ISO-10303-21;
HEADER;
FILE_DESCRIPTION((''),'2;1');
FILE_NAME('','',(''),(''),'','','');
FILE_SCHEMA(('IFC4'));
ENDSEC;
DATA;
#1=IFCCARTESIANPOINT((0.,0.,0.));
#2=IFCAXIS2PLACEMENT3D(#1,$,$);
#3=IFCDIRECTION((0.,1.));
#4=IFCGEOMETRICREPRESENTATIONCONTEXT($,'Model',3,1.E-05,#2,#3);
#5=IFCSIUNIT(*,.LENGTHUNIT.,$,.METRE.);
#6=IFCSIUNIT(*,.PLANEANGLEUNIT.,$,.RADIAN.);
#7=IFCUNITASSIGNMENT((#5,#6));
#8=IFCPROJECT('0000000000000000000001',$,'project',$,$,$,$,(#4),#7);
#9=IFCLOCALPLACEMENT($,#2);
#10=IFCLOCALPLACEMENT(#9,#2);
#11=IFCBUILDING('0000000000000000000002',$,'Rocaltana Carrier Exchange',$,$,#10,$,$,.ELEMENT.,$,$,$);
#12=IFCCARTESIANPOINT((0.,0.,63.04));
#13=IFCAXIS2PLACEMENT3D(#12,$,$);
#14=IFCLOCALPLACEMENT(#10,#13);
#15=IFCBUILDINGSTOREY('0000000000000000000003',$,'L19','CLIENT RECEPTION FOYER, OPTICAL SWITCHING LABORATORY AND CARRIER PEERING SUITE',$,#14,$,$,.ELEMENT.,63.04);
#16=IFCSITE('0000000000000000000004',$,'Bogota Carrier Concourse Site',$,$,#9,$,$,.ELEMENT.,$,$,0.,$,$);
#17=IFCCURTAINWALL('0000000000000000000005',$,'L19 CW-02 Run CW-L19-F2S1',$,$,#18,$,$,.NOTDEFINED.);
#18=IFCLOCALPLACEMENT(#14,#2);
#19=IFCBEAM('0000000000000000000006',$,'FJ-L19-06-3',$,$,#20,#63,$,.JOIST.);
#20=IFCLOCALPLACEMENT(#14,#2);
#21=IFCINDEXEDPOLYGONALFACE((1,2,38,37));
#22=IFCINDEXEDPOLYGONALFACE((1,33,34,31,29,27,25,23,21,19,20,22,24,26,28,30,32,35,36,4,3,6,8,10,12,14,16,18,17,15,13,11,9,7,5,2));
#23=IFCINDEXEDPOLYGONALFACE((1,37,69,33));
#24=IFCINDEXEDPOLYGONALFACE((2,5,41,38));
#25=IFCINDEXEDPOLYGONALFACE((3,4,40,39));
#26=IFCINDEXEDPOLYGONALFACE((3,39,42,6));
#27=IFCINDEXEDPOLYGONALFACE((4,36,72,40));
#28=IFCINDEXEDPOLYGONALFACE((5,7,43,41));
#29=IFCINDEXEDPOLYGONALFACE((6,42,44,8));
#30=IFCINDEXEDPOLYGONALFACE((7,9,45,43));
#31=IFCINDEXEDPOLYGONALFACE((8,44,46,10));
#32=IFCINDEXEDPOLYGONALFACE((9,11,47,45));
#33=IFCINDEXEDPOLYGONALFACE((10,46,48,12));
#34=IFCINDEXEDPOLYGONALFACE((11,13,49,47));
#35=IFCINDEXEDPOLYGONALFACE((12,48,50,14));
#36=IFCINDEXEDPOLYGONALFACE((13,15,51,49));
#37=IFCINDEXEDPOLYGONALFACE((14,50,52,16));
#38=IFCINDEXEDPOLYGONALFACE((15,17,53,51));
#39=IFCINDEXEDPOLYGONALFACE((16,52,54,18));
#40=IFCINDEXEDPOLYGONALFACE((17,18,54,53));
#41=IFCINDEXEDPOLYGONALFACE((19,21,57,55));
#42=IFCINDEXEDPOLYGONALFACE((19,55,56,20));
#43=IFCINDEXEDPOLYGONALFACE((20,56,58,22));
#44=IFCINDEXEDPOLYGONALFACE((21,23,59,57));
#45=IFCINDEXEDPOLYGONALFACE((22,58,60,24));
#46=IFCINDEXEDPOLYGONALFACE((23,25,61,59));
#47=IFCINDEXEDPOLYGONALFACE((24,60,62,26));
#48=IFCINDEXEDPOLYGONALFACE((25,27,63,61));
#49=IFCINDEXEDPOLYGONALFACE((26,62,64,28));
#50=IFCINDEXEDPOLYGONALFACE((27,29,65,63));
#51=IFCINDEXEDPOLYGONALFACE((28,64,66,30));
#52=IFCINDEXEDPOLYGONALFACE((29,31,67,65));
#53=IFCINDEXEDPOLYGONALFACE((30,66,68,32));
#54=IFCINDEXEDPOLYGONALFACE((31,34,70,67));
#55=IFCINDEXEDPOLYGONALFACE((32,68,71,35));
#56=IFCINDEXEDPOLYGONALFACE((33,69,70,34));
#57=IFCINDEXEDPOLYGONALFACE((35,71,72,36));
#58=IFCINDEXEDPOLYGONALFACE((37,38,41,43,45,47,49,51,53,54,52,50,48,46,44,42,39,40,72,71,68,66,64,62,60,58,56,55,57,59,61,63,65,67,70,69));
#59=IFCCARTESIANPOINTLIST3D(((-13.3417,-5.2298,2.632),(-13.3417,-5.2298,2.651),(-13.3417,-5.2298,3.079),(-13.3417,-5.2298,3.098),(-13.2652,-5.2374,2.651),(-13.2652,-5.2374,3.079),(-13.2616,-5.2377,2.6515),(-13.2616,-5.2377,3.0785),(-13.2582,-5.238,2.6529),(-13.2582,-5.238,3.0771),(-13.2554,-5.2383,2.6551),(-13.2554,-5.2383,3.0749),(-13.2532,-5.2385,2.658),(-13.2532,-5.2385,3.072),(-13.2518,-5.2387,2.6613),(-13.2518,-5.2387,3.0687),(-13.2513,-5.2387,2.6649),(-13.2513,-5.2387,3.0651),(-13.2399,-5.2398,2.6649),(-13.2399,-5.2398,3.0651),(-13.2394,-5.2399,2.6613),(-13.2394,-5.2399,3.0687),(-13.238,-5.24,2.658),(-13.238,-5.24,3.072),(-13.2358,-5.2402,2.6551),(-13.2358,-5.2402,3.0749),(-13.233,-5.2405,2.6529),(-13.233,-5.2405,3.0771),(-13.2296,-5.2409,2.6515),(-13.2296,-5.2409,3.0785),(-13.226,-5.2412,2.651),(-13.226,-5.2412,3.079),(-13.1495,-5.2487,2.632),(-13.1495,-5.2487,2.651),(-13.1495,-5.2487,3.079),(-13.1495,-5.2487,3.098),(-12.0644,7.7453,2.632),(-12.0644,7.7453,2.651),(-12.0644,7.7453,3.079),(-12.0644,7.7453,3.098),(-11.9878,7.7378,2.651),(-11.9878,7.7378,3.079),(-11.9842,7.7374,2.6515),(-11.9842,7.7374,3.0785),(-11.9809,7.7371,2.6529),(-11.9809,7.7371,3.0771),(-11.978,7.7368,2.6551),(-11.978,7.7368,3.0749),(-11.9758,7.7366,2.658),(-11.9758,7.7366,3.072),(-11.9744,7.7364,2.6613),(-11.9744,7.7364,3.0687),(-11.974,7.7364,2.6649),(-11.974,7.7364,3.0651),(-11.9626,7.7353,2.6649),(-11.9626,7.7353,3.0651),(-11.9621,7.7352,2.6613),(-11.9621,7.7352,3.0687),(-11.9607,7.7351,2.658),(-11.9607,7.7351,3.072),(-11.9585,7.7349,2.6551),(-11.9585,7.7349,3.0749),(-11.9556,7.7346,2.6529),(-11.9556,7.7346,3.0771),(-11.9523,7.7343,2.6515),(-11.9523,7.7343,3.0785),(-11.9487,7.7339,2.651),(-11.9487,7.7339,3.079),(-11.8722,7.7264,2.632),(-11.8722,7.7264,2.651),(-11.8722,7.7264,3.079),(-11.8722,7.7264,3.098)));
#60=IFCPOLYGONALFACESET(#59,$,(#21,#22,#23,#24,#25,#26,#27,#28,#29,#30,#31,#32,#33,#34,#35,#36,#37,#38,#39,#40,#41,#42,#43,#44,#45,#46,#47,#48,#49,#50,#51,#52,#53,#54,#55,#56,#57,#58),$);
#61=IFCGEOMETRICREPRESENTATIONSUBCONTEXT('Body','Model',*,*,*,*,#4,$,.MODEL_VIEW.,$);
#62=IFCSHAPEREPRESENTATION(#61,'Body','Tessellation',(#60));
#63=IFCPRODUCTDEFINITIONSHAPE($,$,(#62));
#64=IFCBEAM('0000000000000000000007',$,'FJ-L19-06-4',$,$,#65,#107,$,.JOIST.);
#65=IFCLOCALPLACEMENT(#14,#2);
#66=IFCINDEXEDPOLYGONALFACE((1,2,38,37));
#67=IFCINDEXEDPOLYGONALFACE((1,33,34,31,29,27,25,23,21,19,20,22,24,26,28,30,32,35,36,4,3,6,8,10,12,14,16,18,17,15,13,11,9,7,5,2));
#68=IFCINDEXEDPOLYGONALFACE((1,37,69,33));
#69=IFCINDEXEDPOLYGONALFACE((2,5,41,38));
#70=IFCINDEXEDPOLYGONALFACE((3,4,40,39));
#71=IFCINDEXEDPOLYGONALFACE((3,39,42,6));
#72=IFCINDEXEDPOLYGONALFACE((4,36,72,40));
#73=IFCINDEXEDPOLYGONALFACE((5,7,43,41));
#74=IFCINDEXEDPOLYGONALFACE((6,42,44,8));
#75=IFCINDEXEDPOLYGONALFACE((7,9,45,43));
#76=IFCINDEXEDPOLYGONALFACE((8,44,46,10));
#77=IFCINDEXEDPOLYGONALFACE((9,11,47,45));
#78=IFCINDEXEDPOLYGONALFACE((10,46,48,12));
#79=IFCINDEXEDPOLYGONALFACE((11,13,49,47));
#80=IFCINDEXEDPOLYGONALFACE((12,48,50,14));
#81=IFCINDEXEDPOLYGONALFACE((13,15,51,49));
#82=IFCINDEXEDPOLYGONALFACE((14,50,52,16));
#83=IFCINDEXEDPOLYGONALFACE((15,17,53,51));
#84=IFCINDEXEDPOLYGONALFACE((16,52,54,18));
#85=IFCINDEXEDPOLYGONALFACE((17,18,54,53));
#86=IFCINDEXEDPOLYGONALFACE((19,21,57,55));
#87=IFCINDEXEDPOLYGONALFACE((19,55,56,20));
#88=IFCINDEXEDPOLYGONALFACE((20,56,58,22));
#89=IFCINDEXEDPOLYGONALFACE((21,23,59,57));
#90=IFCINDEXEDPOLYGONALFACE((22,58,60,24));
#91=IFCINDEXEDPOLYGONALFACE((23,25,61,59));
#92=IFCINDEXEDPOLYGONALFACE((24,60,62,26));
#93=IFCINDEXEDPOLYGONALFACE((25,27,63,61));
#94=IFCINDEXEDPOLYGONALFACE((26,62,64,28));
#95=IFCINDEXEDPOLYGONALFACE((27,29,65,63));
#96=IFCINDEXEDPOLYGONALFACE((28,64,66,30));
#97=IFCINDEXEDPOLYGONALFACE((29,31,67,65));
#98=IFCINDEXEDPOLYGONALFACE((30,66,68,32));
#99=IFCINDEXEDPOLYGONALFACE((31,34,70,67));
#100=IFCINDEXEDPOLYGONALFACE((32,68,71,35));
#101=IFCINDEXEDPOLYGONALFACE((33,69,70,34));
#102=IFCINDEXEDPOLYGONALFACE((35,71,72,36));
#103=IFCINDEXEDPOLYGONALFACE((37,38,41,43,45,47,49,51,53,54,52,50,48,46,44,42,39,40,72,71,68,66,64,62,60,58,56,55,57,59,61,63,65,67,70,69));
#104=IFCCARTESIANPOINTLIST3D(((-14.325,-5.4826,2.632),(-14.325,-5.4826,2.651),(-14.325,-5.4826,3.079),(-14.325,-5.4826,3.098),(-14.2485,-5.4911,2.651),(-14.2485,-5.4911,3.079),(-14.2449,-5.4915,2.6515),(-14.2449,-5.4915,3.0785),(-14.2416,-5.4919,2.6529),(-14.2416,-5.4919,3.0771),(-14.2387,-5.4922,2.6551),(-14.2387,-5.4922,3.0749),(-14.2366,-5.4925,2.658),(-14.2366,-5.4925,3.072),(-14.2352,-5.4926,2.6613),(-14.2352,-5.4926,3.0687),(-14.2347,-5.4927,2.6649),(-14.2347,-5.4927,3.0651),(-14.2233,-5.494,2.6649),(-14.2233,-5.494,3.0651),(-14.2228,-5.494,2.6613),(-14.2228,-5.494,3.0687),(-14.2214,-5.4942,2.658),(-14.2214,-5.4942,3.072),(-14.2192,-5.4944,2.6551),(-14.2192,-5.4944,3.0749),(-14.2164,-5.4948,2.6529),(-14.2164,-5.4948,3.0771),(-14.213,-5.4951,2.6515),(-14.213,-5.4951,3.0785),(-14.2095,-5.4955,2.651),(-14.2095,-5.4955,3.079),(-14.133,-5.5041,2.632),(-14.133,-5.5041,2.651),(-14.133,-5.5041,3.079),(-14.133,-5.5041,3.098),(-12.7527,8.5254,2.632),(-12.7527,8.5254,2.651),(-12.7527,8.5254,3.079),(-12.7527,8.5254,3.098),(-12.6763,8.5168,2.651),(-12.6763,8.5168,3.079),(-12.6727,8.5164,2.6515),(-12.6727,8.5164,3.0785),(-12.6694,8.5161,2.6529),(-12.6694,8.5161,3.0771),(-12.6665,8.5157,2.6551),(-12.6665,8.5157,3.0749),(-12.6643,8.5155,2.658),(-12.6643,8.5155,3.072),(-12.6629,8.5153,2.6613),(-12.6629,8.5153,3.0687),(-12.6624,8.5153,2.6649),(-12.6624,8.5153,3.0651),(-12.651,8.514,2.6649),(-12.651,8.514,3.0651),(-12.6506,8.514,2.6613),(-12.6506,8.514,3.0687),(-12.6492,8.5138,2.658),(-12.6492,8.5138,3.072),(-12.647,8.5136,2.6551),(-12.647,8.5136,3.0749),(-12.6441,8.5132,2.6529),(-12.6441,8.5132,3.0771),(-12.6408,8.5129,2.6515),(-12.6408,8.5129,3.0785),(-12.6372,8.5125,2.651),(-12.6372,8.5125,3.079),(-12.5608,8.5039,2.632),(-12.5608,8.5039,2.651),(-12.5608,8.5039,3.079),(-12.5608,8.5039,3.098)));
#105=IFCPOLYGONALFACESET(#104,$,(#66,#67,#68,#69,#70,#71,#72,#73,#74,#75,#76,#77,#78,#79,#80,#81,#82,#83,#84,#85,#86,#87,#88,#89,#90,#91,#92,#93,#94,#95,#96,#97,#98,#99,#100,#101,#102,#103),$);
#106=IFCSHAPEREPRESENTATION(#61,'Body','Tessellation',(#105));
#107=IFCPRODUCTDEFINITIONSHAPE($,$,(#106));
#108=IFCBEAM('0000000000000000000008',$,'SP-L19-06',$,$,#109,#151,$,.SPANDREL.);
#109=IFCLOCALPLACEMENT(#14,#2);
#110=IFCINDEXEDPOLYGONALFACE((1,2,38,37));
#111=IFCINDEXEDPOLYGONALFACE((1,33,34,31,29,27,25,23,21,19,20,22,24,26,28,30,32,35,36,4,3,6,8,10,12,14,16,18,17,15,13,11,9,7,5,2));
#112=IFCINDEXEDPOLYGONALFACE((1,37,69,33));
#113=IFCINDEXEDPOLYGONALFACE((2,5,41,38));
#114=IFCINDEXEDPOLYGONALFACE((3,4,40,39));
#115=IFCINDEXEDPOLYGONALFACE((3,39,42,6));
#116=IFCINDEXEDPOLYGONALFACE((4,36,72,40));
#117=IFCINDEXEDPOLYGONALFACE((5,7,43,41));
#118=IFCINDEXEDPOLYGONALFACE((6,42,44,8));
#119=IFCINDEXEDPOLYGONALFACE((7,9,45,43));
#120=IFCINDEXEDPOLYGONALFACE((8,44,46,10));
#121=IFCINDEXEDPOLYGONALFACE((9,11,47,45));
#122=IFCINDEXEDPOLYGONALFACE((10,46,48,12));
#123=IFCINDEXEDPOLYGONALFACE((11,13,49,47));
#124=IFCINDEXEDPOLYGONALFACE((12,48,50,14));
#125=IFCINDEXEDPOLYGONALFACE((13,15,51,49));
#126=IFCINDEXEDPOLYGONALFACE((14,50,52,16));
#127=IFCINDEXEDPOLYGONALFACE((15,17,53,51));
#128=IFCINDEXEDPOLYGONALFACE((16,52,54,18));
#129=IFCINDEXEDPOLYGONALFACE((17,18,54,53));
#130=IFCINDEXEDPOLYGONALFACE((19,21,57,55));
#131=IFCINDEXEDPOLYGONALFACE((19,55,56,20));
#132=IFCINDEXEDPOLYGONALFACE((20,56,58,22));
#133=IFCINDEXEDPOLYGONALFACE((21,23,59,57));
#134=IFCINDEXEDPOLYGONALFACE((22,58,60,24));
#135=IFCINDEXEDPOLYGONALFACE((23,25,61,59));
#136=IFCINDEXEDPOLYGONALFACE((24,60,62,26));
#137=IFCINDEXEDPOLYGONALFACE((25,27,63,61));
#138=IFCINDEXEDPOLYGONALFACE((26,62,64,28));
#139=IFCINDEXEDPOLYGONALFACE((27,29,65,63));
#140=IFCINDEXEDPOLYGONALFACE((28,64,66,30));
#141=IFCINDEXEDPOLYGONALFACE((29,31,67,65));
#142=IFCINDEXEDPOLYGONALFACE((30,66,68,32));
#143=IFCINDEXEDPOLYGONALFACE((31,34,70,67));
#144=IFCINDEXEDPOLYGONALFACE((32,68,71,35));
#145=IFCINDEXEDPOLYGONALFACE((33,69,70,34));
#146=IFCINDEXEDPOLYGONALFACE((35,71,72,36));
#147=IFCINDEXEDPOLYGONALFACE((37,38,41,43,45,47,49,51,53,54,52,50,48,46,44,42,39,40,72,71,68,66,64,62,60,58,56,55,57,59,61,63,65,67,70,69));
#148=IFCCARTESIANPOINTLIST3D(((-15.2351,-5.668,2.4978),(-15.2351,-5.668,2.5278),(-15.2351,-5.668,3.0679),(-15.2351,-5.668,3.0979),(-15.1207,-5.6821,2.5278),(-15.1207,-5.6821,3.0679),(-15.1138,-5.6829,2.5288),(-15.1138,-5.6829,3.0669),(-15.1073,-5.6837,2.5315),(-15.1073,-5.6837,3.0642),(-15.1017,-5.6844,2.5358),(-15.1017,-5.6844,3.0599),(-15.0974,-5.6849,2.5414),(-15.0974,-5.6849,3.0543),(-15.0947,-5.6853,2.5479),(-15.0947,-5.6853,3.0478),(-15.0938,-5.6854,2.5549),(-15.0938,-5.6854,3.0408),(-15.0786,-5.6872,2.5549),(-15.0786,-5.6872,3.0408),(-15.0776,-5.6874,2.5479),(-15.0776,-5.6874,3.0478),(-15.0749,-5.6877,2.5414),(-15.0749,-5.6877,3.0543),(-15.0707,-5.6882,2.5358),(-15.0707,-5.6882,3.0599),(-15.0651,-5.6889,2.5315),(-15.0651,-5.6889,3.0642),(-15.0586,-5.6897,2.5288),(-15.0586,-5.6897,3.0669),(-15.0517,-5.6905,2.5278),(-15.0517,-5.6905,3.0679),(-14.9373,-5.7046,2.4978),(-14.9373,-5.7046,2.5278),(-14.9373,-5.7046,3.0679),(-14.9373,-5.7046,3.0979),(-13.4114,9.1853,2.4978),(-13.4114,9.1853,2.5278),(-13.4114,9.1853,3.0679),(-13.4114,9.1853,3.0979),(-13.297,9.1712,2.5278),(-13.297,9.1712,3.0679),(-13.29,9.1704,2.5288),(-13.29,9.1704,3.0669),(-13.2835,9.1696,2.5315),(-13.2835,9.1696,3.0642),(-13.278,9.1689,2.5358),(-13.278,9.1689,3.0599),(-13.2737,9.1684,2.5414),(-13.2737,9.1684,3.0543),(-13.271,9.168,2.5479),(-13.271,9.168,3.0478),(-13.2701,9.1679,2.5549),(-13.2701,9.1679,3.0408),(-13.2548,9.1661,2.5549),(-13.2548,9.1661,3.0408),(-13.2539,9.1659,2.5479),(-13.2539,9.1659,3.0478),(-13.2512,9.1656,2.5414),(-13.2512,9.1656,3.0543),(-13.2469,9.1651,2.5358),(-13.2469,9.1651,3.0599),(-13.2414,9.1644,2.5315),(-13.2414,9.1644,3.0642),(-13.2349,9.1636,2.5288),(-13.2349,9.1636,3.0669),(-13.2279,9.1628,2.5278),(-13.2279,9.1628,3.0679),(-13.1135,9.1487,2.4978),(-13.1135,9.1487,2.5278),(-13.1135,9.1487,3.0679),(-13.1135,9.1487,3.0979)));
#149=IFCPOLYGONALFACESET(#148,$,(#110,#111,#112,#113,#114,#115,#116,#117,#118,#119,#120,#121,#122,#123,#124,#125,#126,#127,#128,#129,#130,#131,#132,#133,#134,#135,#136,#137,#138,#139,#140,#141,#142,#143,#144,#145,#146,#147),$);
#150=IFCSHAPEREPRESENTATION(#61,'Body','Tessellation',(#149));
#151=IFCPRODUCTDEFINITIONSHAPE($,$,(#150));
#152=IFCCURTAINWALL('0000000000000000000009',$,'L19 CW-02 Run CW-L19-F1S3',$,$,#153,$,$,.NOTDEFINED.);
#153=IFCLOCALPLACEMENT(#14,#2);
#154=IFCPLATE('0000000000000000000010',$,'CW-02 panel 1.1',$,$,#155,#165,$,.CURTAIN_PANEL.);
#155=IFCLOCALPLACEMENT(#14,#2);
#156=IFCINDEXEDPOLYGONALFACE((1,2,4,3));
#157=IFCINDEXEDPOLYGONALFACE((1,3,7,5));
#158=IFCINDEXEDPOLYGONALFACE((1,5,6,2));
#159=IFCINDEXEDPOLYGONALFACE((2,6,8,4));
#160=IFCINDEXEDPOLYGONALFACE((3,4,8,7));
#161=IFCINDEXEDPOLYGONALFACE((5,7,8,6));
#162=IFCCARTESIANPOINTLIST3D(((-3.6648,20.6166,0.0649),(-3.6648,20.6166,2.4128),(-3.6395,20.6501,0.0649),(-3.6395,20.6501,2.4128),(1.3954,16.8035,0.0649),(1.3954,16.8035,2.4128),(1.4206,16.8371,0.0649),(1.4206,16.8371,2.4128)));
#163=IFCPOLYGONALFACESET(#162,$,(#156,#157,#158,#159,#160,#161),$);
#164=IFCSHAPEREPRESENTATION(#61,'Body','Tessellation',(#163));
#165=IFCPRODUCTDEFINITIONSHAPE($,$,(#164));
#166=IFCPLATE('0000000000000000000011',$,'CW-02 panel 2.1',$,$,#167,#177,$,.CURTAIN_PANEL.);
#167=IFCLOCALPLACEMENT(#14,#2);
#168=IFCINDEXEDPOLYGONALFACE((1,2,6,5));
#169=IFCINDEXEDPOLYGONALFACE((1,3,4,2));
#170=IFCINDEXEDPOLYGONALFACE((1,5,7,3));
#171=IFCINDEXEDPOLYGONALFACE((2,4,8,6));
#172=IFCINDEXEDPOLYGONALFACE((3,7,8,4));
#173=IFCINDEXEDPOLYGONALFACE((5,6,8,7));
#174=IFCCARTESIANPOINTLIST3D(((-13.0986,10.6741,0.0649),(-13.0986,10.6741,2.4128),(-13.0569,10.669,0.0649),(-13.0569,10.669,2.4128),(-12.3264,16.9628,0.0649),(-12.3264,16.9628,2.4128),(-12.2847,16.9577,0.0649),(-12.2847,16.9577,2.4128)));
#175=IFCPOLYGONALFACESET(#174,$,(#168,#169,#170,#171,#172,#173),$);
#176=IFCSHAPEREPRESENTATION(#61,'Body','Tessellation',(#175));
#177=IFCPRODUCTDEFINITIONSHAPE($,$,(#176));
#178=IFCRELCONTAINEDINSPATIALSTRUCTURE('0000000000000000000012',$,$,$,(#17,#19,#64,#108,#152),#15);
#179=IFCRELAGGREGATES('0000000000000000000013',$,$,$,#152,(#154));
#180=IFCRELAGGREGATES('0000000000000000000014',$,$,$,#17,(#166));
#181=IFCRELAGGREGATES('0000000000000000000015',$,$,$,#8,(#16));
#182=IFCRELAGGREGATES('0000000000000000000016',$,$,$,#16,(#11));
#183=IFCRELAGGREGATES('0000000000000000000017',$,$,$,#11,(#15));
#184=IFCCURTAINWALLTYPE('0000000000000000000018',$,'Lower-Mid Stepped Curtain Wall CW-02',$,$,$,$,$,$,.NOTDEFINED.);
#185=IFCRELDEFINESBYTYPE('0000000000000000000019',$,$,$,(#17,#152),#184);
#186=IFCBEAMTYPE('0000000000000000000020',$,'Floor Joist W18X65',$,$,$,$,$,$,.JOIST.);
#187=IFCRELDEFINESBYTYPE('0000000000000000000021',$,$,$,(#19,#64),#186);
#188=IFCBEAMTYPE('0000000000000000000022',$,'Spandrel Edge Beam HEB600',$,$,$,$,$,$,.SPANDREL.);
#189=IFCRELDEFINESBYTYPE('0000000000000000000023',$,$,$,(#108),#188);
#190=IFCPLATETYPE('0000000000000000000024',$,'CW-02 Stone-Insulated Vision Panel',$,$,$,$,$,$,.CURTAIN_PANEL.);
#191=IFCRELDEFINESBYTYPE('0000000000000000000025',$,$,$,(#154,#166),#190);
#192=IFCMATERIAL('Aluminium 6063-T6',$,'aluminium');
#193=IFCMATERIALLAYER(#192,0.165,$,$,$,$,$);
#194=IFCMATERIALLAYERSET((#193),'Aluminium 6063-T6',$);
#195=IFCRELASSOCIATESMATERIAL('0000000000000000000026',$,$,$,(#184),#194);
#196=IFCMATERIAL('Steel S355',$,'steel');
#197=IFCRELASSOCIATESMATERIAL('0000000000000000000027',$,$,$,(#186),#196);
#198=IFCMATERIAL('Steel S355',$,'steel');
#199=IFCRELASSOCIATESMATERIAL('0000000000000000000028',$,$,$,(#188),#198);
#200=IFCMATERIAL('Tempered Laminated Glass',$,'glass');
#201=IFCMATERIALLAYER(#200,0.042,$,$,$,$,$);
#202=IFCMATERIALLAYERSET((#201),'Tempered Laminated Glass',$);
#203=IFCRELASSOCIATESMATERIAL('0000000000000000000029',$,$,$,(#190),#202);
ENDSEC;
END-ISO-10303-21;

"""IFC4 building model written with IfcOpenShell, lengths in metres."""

from ifc_helpers import new_model, si_unit, direction, frame, origin, origin_2d, place, context, subcontext, project, spatial, rectangle, i_section, extrude, material, layer, layer_set, material_profile, profile_set, type_object, element, aggregate, save


model = new_model("IFC4")

# Units and contexts
model_context = context("Model", 3, precision=1e-05, world=origin(), true_north=direction((0.0, 1.0)))
body_context = subcontext(model_context, "Body", "Model", "MODEL_VIEW")
ifc_project = project(units=[si_unit("LENGTHUNIT", "METRE"), si_unit("PLANEANGLEUNIT", "RADIAN")], contexts=[model_context])

# Site, building, storey
site_placement = place(None, origin())
site = spatial("IfcSite", under=ifc_project, at=site_placement, Name="Bogota Carrier Concourse Site", CompositionType="ELEMENT", RefElevation=0.0)
building_placement = place(site_placement, origin())
building = spatial("IfcBuilding", under=site, at=building_placement, Name="Rocaltana Carrier Exchange", CompositionType="ELEMENT")
storey_placement = place(building_placement, frame((0.0, 0.0, 63.04)))
storey = spatial("IfcBuildingStorey", under=building, at=storey_placement, Name="L19", Description="CLIENT RECEPTION FOYER, OPTICAL SWITCHING LABORATORY AND CARRIER PEERING SUITE", CompositionType="ELEMENT", Elevation=63.04)

# Curtain wall
ifc_material_1 = material(Name="Aluminium 6063-T6", Category="aluminium")
ifc_layer_1 = layer(ifc_material_1, 0.165)
ifc_layer_set_1 = layer_set([ifc_layer_1], Name="Aluminium 6063-T6")
curtain_wall_type = type_object("IfcCurtainWallType", Name="Lower-Mid Stepped Curtain Wall CW-02", PredefinedType="NOTDEFINED", material=ifc_layer_set_1)
curtain_wall_1_placement = place(storey_placement, origin())
curtain_wall_1 = element("IfcCurtainWall", 1, at=curtain_wall_1_placement, inside=storey, type_object=curtain_wall_type, Name="L19 CW-02 Run CW-L19-F2S1", PredefinedType="NOTDEFINED")

# Beams
ifc_material_2 = material(Name="Steel S355", Category="steel")
ifc_material_profile_1 = material_profile(ifc_material_2, i_section(OverallWidth=0.1931, OverallDepth=0.4661, WebThickness=0.0115, FlangeThickness=0.019, FilletRadius=0.0139, at=origin_2d()), Name="W18X65")
ifc_profile_set_1 = profile_set([ifc_material_profile_1], Name="Steel S355")
beam_type_1 = type_object("IfcBeamType", Name="Floor Joist W18X65", PredefinedType="JOIST", material=ifc_profile_set_1)
beam_1_placement = place(storey_placement, frame((-11.9683, 7.7358, 2.865), z_axis=(-0.097972, -0.995189, 0.0), x_axis=(0.995189, -0.097972, 0.0)))
element("IfcBeam", 2, at=beam_1_placement, inside=storey, type_object=beam_type_1, Name="FJ-L19-06-3", PredefinedType="JOIST", context=body_context, shape_type="SweptSolid", body=[
    extrude(i_section(OverallWidth=0.1931, OverallDepth=0.4661, WebThickness=0.0115, FlangeThickness=0.019, FilletRadius=0.0139, at=origin_2d()), origin(), (0.0, 0.0, 1.0), 13.0378),
])
beam_2_placement = place(storey_placement, frame((-12.6567, 8.5146, 2.865), z_axis=(-0.11154, -0.99376, 0.0), x_axis=(0.99376, -0.11154, 0.0)))
element("IfcBeam", 3, at=beam_2_placement, inside=storey, type_object=beam_type_1, Name="FJ-L19-06-4", PredefinedType="JOIST", context=body_context, shape_type="SweptSolid", body=[
    extrude(i_section(OverallWidth=0.1931, OverallDepth=0.4661, WebThickness=0.0115, FlangeThickness=0.019, FilletRadius=0.0139, at=origin_2d()), origin(), (0.0, 0.0, 1.0), 14.0959),
])
ifc_material_3 = material(Name="Steel S355", Category="steel")
ifc_material_profile_2 = material_profile(ifc_material_3, i_section(OverallWidth=0.3, OverallDepth=0.6001, WebThickness=0.0154, FlangeThickness=0.03, FilletRadius=0.0271, at=origin_2d()), Name="HEB600")
ifc_profile_set_2 = profile_set([ifc_material_profile_2], Name="Steel S355")
beam_type_2 = type_object("IfcBeamType", Name="Spandrel Edge Beam HEB600", PredefinedType="SPANDREL", material=ifc_profile_set_2)
beam_3_placement = place(storey_placement, frame((-13.2625, 9.167, 2.7979), z_axis=(-0.121868, -0.992546, 0.0), x_axis=(0.992546, -0.121868, 0.0)))
element("IfcBeam", 4, at=beam_3_placement, inside=storey, type_object=beam_type_2, Name="SP-L19-06", PredefinedType="SPANDREL", context=body_context, shape_type="SweptSolid", body=[
    extrude(i_section(OverallWidth=0.3, OverallDepth=0.6001, WebThickness=0.0154, FlangeThickness=0.03, FilletRadius=0.0271, at=origin_2d()), origin(), (0.0, 0.0, 1.0), 14.9648),
])

# Curtain wall, plate
curtain_wall_2_placement = place(storey_placement, origin())
curtain_wall_2 = element("IfcCurtainWall", 5, at=curtain_wall_2_placement, inside=storey, type_object=curtain_wall_type, Name="L19 CW-02 Run CW-L19-F1S3", PredefinedType="NOTDEFINED")
ifc_material_4 = material(Name="Tempered Laminated Glass", Category="glass")
ifc_layer_2 = layer(ifc_material_4, 0.042)
ifc_layer_set_2 = layer_set([ifc_layer_2], Name="Tempered Laminated Glass")
plate_type = type_object("IfcPlateType", Name="CW-02 Stone-Insulated Vision Panel", PredefinedType="CURTAIN_PANEL", material=ifc_layer_set_2)
plate_1_placement = place(storey_placement, frame((-1.1221, 18.7268, 0.0649), z_axis=(0.0, 0.0, 1.0), x_axis=(-0.798638, 0.601812, 0.0)))
plate_1 = element("IfcPlate", 6, at=plate_1_placement, type_object=plate_type, Name="CW-02 panel 1.1", PredefinedType="CURTAIN_PANEL", context=body_context, shape_type="SweptSolid", body=[
    extrude(rectangle(XDim=6.3359, YDim=0.042, at=origin_2d()), origin(), (0.0, 0.0, 1.0), 2.3479),
])
aggregate(curtain_wall_2, [plate_1])

# Plate
plate_2_placement = place(storey_placement, frame((-12.6917, 13.8159, 0.0649), z_axis=(0.0, 0.0, 1.0), x_axis=(-0.121873, -0.992546, 0.0)))
plate_2 = element("IfcPlate", 7, at=plate_2_placement, type_object=plate_type, Name="CW-02 panel 2.1", PredefinedType="CURTAIN_PANEL", context=body_context, shape_type="SweptSolid", body=[
    extrude(rectangle(XDim=6.3359, YDim=0.042, at=origin_2d()), origin(), (0.0, 0.0, 1.0), 2.3479),
])
aggregate(curtain_wall_1, [plate_2])

save(model, "model.ifc")
